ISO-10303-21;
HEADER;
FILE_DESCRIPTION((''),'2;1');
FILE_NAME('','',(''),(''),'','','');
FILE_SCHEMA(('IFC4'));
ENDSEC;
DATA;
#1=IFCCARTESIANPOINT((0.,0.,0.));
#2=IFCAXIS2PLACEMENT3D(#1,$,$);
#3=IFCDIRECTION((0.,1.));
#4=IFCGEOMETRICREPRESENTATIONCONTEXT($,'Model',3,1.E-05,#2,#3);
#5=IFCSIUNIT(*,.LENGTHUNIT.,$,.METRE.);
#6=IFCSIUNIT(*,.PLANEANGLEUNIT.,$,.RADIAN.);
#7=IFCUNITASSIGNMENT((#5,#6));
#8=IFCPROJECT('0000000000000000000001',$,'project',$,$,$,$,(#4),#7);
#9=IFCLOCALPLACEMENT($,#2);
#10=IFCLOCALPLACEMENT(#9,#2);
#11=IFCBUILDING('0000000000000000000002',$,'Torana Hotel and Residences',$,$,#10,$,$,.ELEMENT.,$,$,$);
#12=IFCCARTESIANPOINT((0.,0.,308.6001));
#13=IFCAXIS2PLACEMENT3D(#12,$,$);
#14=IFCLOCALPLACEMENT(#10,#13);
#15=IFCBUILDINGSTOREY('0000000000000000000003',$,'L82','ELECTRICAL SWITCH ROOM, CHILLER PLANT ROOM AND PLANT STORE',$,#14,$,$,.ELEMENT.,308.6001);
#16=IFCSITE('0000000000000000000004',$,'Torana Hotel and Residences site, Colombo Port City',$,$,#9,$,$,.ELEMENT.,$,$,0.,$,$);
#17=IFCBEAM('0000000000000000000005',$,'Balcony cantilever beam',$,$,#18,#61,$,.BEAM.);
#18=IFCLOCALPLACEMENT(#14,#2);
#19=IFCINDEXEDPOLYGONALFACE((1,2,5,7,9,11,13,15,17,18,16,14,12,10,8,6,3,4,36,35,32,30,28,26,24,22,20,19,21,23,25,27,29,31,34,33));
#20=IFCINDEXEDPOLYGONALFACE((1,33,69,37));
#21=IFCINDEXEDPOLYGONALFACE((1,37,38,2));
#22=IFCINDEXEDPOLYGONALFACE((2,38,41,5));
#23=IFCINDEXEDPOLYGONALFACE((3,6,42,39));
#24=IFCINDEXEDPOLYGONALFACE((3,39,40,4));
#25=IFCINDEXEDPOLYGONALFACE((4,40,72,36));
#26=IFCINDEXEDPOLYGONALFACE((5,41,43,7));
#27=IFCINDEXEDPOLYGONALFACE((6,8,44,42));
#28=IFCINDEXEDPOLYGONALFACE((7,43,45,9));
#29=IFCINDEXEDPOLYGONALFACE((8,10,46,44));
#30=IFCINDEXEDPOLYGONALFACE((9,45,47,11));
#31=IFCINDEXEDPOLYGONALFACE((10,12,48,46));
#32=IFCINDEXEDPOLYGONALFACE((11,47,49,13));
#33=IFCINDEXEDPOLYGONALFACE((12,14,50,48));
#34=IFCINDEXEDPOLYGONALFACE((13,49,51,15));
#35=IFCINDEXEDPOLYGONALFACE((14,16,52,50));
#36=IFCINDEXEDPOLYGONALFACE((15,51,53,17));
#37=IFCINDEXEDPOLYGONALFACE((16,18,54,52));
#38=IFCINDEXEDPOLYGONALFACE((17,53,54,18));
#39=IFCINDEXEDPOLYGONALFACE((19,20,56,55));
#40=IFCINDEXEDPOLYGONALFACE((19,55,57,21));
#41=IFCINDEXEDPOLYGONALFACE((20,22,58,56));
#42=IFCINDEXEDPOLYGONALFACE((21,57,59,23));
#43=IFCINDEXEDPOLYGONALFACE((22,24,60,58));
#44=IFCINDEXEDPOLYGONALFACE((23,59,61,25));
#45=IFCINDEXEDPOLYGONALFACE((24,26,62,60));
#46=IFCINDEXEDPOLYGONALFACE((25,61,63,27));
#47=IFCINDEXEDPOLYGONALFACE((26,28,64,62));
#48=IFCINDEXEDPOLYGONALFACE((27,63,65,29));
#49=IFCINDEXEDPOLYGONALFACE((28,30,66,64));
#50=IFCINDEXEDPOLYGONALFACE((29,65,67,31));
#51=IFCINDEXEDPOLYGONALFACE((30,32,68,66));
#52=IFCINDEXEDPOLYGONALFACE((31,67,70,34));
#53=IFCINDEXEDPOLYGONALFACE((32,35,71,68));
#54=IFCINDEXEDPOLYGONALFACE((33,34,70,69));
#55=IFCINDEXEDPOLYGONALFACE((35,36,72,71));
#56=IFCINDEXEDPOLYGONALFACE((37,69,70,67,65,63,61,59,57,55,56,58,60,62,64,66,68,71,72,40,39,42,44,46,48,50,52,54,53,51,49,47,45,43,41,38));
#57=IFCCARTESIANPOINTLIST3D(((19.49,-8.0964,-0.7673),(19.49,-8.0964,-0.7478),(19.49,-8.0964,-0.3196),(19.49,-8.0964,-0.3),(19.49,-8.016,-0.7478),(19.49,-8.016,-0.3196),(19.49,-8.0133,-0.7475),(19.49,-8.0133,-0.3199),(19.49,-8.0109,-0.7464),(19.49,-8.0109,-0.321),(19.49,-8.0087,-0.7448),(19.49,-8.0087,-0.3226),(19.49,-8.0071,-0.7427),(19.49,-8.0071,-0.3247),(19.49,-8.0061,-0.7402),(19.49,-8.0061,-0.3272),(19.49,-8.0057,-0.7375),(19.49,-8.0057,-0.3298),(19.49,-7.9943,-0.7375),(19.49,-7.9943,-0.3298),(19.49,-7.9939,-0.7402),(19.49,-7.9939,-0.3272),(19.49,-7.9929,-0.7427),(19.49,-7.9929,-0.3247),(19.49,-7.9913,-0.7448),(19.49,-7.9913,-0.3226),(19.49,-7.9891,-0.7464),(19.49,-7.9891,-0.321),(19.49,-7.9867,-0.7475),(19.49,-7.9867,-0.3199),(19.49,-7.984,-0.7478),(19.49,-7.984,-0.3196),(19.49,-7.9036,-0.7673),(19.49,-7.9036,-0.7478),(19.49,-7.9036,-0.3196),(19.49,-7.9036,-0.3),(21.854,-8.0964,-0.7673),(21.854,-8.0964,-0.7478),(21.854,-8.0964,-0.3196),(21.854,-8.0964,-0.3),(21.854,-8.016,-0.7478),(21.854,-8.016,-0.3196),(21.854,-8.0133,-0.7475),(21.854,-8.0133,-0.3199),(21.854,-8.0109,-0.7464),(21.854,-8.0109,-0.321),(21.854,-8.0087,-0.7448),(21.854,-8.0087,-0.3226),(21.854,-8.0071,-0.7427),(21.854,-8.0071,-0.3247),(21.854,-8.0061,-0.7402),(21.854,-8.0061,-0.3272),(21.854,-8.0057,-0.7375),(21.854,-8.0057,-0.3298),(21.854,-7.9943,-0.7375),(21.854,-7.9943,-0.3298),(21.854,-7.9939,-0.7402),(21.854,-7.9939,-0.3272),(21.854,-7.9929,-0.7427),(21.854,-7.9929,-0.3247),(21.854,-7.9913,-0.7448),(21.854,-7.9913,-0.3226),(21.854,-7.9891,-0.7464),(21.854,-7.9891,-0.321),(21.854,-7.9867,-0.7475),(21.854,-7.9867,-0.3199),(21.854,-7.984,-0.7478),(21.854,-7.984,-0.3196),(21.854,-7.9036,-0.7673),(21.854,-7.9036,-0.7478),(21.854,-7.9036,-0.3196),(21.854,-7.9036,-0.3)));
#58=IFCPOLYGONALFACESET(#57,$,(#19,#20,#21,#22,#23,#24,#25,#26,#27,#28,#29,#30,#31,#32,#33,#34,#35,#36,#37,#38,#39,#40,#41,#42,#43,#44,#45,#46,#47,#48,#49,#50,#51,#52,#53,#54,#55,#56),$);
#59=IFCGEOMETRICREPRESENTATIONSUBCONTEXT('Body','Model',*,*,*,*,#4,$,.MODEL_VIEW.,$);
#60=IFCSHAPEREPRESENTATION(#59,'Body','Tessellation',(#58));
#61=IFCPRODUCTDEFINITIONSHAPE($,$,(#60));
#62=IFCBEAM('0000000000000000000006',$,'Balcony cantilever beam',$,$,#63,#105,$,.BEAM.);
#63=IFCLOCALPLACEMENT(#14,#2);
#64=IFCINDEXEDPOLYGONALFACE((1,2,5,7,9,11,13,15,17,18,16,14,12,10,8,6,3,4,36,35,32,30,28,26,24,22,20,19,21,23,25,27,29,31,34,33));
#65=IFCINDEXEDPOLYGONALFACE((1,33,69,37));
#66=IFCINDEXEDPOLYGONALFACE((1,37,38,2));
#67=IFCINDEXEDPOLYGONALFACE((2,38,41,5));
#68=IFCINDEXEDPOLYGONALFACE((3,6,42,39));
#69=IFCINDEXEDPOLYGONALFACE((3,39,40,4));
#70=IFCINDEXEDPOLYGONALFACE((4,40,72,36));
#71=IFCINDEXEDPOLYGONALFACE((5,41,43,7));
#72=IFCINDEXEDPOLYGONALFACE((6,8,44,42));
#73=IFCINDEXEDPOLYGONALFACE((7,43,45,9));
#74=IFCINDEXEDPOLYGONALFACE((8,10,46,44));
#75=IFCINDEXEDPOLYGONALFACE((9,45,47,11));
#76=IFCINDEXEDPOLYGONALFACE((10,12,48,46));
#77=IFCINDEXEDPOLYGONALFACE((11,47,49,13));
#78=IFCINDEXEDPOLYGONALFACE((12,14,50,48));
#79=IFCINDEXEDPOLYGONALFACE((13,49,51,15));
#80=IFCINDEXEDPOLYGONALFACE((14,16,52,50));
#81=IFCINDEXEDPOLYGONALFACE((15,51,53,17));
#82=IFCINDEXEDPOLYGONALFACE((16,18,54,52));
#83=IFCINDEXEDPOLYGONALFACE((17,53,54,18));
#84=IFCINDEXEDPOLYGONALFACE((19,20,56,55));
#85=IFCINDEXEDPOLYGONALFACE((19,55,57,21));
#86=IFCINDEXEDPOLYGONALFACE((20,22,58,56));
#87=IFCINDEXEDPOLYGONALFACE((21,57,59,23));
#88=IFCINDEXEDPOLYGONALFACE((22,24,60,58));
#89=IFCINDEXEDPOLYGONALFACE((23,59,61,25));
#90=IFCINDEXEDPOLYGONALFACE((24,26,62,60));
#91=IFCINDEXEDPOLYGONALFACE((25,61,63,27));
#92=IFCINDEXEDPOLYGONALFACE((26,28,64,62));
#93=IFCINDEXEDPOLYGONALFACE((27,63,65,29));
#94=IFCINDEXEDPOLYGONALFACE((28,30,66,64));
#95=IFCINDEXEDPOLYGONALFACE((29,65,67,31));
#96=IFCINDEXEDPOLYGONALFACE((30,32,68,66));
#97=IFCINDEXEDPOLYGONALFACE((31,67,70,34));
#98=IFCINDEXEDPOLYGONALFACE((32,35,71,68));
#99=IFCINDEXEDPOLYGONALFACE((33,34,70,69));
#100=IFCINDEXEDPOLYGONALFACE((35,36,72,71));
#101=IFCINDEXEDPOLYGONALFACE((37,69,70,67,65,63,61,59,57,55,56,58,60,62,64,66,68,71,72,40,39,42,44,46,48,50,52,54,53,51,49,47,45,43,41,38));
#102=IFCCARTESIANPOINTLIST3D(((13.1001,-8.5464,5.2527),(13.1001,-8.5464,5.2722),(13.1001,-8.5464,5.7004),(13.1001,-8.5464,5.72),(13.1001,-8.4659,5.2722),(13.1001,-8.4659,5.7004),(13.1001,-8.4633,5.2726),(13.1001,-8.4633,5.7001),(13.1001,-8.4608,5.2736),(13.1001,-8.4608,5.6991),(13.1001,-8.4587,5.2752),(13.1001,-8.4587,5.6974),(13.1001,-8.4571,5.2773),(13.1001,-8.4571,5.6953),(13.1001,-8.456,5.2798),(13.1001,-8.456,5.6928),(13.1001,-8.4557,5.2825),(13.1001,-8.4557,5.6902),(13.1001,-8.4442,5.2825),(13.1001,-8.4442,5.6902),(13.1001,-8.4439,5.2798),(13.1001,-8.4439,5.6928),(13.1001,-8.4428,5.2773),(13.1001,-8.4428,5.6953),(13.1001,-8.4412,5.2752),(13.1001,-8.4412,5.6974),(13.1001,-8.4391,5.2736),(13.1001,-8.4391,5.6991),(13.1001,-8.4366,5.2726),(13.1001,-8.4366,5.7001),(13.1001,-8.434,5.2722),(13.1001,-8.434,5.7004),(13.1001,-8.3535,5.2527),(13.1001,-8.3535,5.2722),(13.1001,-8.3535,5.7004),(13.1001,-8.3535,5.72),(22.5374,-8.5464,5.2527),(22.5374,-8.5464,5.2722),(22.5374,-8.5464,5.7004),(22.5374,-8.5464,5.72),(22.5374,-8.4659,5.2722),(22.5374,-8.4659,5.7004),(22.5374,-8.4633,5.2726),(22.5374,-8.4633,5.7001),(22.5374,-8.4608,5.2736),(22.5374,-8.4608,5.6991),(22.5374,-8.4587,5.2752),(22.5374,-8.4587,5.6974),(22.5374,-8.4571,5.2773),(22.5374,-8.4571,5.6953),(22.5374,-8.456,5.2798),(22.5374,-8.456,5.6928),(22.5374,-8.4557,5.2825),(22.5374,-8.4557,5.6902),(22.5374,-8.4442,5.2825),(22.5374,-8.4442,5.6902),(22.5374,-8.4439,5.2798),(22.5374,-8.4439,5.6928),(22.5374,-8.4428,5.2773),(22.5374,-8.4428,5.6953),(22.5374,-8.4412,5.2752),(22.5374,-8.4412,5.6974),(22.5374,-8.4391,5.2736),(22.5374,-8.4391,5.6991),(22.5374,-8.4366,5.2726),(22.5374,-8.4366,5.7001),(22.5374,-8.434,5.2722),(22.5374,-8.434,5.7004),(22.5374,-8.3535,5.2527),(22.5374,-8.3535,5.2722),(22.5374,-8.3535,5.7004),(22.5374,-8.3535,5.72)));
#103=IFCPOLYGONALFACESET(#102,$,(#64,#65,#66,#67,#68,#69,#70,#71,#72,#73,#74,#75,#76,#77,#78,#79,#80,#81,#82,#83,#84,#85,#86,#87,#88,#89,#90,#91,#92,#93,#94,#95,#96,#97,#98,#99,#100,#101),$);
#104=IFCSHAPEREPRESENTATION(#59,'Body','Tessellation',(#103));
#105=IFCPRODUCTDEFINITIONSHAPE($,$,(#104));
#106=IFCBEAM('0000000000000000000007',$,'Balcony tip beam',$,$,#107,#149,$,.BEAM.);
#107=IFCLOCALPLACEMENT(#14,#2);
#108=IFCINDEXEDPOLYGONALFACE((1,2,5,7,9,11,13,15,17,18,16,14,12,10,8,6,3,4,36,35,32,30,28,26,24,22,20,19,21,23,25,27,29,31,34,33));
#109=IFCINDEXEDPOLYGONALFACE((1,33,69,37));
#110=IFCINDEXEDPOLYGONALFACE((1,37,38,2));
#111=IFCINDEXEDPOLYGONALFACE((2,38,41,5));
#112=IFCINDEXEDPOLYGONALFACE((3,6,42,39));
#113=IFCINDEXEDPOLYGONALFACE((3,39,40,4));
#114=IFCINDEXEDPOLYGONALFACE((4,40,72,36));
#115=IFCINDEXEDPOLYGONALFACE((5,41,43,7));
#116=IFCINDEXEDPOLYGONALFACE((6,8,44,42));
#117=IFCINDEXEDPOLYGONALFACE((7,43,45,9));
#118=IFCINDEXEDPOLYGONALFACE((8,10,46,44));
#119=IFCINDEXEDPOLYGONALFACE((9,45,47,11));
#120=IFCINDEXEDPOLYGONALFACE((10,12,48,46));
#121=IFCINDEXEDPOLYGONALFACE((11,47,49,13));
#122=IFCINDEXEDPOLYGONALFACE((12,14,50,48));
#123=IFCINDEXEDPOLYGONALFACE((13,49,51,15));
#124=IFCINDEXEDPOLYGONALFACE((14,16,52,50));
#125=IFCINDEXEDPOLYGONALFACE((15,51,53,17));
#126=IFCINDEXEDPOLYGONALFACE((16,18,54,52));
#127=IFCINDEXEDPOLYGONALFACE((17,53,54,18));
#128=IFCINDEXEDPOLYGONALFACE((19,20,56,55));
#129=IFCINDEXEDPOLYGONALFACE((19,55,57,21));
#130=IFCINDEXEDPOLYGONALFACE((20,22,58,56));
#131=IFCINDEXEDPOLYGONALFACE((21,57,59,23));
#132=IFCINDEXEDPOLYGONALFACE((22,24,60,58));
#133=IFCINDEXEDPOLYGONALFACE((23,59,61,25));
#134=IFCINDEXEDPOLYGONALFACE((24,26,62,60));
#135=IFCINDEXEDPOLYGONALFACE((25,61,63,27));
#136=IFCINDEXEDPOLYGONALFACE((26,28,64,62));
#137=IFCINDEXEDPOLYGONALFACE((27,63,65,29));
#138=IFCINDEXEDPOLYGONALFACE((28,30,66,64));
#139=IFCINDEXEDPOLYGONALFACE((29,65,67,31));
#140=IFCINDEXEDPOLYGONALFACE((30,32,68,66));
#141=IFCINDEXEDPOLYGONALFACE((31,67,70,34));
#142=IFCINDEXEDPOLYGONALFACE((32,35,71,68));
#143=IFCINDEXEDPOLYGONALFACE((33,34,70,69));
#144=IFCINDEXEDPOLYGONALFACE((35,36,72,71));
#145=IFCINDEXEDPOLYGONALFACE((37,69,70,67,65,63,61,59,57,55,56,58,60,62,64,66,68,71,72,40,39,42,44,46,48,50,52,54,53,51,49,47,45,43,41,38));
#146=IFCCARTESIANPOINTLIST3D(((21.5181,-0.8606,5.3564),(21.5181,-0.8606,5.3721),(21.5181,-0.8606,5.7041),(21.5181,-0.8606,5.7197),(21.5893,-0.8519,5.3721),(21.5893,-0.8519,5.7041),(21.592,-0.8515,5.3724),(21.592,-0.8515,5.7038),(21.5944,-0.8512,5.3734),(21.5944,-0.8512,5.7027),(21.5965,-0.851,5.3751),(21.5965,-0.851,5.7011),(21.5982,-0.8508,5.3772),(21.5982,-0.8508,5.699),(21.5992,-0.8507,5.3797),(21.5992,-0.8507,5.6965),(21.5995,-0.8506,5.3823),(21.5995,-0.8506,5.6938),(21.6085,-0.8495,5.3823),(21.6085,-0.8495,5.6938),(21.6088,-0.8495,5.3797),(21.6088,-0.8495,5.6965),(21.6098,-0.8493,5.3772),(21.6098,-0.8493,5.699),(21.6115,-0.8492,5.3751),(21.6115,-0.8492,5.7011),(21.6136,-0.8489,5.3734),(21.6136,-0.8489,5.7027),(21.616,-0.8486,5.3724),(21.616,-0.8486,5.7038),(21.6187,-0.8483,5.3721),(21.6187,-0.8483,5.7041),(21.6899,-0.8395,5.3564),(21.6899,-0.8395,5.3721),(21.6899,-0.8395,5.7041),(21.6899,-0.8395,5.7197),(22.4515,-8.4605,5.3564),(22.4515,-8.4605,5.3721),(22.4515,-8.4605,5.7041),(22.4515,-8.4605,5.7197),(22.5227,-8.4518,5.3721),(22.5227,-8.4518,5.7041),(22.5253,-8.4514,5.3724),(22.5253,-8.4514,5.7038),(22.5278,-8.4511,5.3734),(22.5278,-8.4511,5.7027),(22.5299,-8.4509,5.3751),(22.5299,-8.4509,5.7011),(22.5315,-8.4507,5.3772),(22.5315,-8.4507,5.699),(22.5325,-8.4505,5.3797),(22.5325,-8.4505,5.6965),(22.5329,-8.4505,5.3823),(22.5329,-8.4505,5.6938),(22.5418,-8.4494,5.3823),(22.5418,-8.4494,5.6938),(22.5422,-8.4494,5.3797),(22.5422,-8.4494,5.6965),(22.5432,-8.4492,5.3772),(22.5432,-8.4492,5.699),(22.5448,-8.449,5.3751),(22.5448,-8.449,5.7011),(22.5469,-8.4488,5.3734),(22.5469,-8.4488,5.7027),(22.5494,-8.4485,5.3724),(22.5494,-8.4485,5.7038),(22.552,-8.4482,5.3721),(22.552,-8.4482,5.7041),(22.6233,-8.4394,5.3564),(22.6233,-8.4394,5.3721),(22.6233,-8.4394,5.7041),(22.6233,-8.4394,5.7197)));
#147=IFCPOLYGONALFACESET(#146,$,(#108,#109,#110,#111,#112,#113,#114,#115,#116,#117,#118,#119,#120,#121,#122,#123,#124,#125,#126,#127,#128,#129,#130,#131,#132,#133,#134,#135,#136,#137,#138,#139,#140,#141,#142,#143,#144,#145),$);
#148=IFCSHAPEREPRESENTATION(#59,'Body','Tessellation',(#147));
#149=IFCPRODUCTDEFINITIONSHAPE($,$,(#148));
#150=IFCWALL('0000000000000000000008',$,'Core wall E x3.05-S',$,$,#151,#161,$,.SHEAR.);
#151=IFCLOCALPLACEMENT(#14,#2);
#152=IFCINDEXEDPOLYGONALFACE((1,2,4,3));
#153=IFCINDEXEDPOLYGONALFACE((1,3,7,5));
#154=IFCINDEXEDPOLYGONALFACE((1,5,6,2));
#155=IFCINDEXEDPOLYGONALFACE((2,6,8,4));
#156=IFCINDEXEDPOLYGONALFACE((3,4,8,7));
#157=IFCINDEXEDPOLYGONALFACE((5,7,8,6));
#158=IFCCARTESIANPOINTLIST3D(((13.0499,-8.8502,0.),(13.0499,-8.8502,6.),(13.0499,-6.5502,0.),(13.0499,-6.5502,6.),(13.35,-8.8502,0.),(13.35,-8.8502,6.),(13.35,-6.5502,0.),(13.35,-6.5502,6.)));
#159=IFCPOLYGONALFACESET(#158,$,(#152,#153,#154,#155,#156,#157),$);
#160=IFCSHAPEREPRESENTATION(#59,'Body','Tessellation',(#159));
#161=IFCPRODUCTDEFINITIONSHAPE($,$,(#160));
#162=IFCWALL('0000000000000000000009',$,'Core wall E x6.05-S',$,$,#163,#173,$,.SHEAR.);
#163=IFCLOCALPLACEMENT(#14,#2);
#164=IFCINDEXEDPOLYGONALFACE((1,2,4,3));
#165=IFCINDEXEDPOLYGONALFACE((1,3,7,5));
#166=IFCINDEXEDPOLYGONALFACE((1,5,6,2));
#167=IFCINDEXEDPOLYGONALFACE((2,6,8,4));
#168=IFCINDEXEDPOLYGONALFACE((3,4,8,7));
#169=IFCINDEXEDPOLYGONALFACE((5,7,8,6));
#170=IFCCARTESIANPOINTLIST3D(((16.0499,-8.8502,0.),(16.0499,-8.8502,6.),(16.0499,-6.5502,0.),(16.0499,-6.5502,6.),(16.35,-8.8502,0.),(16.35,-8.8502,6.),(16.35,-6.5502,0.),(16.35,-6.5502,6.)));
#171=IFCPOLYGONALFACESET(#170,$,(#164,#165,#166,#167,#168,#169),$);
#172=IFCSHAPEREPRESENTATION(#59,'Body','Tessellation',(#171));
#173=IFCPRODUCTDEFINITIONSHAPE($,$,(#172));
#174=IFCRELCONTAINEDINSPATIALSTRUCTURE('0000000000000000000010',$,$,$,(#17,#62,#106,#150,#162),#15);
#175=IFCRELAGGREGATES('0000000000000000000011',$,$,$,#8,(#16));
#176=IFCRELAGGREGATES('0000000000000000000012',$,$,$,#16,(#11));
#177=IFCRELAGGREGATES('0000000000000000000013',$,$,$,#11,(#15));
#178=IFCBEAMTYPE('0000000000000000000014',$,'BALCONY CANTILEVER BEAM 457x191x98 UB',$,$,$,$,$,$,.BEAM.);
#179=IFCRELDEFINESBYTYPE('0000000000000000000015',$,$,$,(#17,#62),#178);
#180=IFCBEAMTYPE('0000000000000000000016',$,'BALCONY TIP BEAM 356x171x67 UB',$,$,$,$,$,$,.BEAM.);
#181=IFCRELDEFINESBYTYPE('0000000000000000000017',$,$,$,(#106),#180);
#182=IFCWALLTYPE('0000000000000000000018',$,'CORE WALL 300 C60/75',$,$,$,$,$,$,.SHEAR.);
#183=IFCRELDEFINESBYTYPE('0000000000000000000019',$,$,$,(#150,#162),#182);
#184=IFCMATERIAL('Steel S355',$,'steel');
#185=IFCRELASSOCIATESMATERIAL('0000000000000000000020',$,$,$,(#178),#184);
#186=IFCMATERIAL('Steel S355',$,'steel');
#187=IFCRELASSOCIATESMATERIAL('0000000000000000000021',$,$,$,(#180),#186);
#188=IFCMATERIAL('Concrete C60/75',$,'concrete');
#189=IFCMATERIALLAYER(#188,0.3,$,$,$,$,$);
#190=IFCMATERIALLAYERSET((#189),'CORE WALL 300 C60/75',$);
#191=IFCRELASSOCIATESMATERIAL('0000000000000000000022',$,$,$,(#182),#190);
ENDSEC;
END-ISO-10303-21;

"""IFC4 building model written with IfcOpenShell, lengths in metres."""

from ifc_helpers import new_model, si_unit, direction, frame, frame_2d, origin, origin_2d, place, context, subcontext, project, spatial, rectangle, i_section, extrude, material, layer, layer_set, material_profile, profile_set, type_object, element, save


model = new_model("IFC4")

# Units and contexts
model_context = context("Model", 3, precision=1e-05, world=origin(), true_north=direction((0.0, 1.0)))
body_context = subcontext(model_context, "Body", "Model", "MODEL_VIEW")
ifc_project = project(units=[si_unit("LENGTHUNIT", "METRE"), si_unit("PLANEANGLEUNIT", "RADIAN")], contexts=[model_context])

# Site, building, storey
site_placement = place(None, origin())
site = spatial("IfcSite", under=ifc_project, at=site_placement, Name="Torana Hotel and Residences site, Colombo Port City", CompositionType="ELEMENT", RefElevation=0.0)
building_placement = place(site_placement, origin())
building = spatial("IfcBuilding", under=site, at=building_placement, Name="Torana Hotel and Residences", CompositionType="ELEMENT")
storey_placement = place(building_placement, frame((0.0, 0.0, 308.6001)))
storey = spatial("IfcBuildingStorey", under=building, at=storey_placement, Name="L82", Description="ELECTRICAL SWITCH ROOM, CHILLER PLANT ROOM AND PLANT STORE", CompositionType="ELEMENT", Elevation=308.6001)

# Beams
ifc_material_1 = material(Name="Steel S355", Category="steel")
ifc_material_profile_1 = material_profile(ifc_material_1, i_section(OverallWidth=0.1929, OverallDepth=0.4673, WebThickness=0.0115, FlangeThickness=0.0195, FilletRadius=0.0103, at=origin_2d()), Name="457x191x98 UB")
ifc_profile_set_1 = profile_set([ifc_material_profile_1], Name="Steel S355")
beam_type_1 = type_object("IfcBeamType", Name="BALCONY CANTILEVER BEAM 457x191x98 UB", PredefinedType="BEAM", material=ifc_profile_set_1)
beam_1_placement = place(storey_placement, frame((19.49, -8.0, -0.5337), z_axis=(1.0, 0.0, 0.0), x_axis=(0.0, 1.0, 0.0)))
element("IfcBeam", 1, at=beam_1_placement, inside=storey, type_object=beam_type_1, Name="Balcony cantilever beam", PredefinedType="BEAM", context=body_context, shape_type="SweptSolid", body=[
    extrude(i_section(OverallWidth=0.1929, OverallDepth=0.4673, WebThickness=0.0115, FlangeThickness=0.0195, FilletRadius=0.0103, at=origin_2d()), origin(), (0.0, 0.0, 1.0), 2.364),
])
beam_2_placement = place(storey_placement, frame((22.5374, -8.45, 5.4863), z_axis=(-1.0, 0.0, 0.0), x_axis=(0.0, -1.0, 0.0)))
element("IfcBeam", 2, at=beam_2_placement, inside=storey, type_object=beam_type_1, Name="Balcony cantilever beam", PredefinedType="BEAM", context=body_context, shape_type="SweptSolid", body=[
    extrude(i_section(OverallWidth=0.1929, OverallDepth=0.4673, WebThickness=0.0115, FlangeThickness=0.0195, FilletRadius=0.0103, at=origin_2d()), origin(), (0.0, 0.0, 1.0), 9.4373),
])
ifc_material_2 = material(Name="Steel S355", Category="steel")
ifc_material_profile_2 = material_profile(ifc_material_2, i_section(OverallWidth=0.1731, OverallDepth=0.3633, WebThickness=0.009, FlangeThickness=0.0156, FilletRadius=0.0103, at=origin_2d()), Name="356x171x67 UB")
ifc_profile_set_2 = profile_set([ifc_material_profile_2], Name="Steel S355")
beam_type_2 = type_object("IfcBeamType", Name="BALCONY TIP BEAM 356x171x67 UB", PredefinedType="BEAM", material=ifc_profile_set_2)
beam_3_placement = place(storey_placement, frame((22.5374, -8.45, 5.5381), z_axis=(-0.121896, 0.992543, 0.0), x_axis=(-0.992543, -0.121896, 0.0)))
element("IfcBeam", 3, at=beam_3_placement, inside=storey, type_object=beam_type_2, Name="Balcony tip beam", PredefinedType="BEAM", context=body_context, shape_type="SweptSolid", body=[
    extrude(i_section(OverallWidth=0.1731, OverallDepth=0.3633, WebThickness=0.009, FlangeThickness=0.0156, FilletRadius=0.0103, at=origin_2d()), origin(), (0.0, 0.0, 1.0), 7.657),
])

# Walls
ifc_material_3 = material(Name="Concrete C60/75", Category="concrete")
ifc_layer_1 = layer(ifc_material_3, 0.3)
ifc_layer_set_1 = layer_set([ifc_layer_1], Name="CORE WALL 300 C60/75")
wall_type_1 = type_object("IfcWallType", Name="CORE WALL 300 C60/75", PredefinedType="SHEAR", material=ifc_layer_set_1)
for number, where, z_axis, x_axis, name in (
    (4, (13.2, -8.8501, 0.0), (0.0, 0.0, 1.0), (0.0, 1.0, 0.0), "Core wall E x3.05-S"),
    (5, (16.2, -8.8501, 0.0), (0.0, 0.0, 1.0), (0.0, 1.0, 0.0), "Core wall E x6.05-S"),
):
    element("IfcWall", number, at=place(storey_placement, frame(where, z_axis=z_axis, x_axis=x_axis)), inside=storey, type_object=wall_type_1, Name=name, PredefinedType="SHEAR", context=body_context, shape_type="SweptSolid", body=[
        extrude(rectangle(XDim=2.3, YDim=0.3, at=frame_2d((1.1499, 0.0))), origin(), (0.0, 0.0, 1.0), 6.0),
    ])

save(model, "model.ifc")
